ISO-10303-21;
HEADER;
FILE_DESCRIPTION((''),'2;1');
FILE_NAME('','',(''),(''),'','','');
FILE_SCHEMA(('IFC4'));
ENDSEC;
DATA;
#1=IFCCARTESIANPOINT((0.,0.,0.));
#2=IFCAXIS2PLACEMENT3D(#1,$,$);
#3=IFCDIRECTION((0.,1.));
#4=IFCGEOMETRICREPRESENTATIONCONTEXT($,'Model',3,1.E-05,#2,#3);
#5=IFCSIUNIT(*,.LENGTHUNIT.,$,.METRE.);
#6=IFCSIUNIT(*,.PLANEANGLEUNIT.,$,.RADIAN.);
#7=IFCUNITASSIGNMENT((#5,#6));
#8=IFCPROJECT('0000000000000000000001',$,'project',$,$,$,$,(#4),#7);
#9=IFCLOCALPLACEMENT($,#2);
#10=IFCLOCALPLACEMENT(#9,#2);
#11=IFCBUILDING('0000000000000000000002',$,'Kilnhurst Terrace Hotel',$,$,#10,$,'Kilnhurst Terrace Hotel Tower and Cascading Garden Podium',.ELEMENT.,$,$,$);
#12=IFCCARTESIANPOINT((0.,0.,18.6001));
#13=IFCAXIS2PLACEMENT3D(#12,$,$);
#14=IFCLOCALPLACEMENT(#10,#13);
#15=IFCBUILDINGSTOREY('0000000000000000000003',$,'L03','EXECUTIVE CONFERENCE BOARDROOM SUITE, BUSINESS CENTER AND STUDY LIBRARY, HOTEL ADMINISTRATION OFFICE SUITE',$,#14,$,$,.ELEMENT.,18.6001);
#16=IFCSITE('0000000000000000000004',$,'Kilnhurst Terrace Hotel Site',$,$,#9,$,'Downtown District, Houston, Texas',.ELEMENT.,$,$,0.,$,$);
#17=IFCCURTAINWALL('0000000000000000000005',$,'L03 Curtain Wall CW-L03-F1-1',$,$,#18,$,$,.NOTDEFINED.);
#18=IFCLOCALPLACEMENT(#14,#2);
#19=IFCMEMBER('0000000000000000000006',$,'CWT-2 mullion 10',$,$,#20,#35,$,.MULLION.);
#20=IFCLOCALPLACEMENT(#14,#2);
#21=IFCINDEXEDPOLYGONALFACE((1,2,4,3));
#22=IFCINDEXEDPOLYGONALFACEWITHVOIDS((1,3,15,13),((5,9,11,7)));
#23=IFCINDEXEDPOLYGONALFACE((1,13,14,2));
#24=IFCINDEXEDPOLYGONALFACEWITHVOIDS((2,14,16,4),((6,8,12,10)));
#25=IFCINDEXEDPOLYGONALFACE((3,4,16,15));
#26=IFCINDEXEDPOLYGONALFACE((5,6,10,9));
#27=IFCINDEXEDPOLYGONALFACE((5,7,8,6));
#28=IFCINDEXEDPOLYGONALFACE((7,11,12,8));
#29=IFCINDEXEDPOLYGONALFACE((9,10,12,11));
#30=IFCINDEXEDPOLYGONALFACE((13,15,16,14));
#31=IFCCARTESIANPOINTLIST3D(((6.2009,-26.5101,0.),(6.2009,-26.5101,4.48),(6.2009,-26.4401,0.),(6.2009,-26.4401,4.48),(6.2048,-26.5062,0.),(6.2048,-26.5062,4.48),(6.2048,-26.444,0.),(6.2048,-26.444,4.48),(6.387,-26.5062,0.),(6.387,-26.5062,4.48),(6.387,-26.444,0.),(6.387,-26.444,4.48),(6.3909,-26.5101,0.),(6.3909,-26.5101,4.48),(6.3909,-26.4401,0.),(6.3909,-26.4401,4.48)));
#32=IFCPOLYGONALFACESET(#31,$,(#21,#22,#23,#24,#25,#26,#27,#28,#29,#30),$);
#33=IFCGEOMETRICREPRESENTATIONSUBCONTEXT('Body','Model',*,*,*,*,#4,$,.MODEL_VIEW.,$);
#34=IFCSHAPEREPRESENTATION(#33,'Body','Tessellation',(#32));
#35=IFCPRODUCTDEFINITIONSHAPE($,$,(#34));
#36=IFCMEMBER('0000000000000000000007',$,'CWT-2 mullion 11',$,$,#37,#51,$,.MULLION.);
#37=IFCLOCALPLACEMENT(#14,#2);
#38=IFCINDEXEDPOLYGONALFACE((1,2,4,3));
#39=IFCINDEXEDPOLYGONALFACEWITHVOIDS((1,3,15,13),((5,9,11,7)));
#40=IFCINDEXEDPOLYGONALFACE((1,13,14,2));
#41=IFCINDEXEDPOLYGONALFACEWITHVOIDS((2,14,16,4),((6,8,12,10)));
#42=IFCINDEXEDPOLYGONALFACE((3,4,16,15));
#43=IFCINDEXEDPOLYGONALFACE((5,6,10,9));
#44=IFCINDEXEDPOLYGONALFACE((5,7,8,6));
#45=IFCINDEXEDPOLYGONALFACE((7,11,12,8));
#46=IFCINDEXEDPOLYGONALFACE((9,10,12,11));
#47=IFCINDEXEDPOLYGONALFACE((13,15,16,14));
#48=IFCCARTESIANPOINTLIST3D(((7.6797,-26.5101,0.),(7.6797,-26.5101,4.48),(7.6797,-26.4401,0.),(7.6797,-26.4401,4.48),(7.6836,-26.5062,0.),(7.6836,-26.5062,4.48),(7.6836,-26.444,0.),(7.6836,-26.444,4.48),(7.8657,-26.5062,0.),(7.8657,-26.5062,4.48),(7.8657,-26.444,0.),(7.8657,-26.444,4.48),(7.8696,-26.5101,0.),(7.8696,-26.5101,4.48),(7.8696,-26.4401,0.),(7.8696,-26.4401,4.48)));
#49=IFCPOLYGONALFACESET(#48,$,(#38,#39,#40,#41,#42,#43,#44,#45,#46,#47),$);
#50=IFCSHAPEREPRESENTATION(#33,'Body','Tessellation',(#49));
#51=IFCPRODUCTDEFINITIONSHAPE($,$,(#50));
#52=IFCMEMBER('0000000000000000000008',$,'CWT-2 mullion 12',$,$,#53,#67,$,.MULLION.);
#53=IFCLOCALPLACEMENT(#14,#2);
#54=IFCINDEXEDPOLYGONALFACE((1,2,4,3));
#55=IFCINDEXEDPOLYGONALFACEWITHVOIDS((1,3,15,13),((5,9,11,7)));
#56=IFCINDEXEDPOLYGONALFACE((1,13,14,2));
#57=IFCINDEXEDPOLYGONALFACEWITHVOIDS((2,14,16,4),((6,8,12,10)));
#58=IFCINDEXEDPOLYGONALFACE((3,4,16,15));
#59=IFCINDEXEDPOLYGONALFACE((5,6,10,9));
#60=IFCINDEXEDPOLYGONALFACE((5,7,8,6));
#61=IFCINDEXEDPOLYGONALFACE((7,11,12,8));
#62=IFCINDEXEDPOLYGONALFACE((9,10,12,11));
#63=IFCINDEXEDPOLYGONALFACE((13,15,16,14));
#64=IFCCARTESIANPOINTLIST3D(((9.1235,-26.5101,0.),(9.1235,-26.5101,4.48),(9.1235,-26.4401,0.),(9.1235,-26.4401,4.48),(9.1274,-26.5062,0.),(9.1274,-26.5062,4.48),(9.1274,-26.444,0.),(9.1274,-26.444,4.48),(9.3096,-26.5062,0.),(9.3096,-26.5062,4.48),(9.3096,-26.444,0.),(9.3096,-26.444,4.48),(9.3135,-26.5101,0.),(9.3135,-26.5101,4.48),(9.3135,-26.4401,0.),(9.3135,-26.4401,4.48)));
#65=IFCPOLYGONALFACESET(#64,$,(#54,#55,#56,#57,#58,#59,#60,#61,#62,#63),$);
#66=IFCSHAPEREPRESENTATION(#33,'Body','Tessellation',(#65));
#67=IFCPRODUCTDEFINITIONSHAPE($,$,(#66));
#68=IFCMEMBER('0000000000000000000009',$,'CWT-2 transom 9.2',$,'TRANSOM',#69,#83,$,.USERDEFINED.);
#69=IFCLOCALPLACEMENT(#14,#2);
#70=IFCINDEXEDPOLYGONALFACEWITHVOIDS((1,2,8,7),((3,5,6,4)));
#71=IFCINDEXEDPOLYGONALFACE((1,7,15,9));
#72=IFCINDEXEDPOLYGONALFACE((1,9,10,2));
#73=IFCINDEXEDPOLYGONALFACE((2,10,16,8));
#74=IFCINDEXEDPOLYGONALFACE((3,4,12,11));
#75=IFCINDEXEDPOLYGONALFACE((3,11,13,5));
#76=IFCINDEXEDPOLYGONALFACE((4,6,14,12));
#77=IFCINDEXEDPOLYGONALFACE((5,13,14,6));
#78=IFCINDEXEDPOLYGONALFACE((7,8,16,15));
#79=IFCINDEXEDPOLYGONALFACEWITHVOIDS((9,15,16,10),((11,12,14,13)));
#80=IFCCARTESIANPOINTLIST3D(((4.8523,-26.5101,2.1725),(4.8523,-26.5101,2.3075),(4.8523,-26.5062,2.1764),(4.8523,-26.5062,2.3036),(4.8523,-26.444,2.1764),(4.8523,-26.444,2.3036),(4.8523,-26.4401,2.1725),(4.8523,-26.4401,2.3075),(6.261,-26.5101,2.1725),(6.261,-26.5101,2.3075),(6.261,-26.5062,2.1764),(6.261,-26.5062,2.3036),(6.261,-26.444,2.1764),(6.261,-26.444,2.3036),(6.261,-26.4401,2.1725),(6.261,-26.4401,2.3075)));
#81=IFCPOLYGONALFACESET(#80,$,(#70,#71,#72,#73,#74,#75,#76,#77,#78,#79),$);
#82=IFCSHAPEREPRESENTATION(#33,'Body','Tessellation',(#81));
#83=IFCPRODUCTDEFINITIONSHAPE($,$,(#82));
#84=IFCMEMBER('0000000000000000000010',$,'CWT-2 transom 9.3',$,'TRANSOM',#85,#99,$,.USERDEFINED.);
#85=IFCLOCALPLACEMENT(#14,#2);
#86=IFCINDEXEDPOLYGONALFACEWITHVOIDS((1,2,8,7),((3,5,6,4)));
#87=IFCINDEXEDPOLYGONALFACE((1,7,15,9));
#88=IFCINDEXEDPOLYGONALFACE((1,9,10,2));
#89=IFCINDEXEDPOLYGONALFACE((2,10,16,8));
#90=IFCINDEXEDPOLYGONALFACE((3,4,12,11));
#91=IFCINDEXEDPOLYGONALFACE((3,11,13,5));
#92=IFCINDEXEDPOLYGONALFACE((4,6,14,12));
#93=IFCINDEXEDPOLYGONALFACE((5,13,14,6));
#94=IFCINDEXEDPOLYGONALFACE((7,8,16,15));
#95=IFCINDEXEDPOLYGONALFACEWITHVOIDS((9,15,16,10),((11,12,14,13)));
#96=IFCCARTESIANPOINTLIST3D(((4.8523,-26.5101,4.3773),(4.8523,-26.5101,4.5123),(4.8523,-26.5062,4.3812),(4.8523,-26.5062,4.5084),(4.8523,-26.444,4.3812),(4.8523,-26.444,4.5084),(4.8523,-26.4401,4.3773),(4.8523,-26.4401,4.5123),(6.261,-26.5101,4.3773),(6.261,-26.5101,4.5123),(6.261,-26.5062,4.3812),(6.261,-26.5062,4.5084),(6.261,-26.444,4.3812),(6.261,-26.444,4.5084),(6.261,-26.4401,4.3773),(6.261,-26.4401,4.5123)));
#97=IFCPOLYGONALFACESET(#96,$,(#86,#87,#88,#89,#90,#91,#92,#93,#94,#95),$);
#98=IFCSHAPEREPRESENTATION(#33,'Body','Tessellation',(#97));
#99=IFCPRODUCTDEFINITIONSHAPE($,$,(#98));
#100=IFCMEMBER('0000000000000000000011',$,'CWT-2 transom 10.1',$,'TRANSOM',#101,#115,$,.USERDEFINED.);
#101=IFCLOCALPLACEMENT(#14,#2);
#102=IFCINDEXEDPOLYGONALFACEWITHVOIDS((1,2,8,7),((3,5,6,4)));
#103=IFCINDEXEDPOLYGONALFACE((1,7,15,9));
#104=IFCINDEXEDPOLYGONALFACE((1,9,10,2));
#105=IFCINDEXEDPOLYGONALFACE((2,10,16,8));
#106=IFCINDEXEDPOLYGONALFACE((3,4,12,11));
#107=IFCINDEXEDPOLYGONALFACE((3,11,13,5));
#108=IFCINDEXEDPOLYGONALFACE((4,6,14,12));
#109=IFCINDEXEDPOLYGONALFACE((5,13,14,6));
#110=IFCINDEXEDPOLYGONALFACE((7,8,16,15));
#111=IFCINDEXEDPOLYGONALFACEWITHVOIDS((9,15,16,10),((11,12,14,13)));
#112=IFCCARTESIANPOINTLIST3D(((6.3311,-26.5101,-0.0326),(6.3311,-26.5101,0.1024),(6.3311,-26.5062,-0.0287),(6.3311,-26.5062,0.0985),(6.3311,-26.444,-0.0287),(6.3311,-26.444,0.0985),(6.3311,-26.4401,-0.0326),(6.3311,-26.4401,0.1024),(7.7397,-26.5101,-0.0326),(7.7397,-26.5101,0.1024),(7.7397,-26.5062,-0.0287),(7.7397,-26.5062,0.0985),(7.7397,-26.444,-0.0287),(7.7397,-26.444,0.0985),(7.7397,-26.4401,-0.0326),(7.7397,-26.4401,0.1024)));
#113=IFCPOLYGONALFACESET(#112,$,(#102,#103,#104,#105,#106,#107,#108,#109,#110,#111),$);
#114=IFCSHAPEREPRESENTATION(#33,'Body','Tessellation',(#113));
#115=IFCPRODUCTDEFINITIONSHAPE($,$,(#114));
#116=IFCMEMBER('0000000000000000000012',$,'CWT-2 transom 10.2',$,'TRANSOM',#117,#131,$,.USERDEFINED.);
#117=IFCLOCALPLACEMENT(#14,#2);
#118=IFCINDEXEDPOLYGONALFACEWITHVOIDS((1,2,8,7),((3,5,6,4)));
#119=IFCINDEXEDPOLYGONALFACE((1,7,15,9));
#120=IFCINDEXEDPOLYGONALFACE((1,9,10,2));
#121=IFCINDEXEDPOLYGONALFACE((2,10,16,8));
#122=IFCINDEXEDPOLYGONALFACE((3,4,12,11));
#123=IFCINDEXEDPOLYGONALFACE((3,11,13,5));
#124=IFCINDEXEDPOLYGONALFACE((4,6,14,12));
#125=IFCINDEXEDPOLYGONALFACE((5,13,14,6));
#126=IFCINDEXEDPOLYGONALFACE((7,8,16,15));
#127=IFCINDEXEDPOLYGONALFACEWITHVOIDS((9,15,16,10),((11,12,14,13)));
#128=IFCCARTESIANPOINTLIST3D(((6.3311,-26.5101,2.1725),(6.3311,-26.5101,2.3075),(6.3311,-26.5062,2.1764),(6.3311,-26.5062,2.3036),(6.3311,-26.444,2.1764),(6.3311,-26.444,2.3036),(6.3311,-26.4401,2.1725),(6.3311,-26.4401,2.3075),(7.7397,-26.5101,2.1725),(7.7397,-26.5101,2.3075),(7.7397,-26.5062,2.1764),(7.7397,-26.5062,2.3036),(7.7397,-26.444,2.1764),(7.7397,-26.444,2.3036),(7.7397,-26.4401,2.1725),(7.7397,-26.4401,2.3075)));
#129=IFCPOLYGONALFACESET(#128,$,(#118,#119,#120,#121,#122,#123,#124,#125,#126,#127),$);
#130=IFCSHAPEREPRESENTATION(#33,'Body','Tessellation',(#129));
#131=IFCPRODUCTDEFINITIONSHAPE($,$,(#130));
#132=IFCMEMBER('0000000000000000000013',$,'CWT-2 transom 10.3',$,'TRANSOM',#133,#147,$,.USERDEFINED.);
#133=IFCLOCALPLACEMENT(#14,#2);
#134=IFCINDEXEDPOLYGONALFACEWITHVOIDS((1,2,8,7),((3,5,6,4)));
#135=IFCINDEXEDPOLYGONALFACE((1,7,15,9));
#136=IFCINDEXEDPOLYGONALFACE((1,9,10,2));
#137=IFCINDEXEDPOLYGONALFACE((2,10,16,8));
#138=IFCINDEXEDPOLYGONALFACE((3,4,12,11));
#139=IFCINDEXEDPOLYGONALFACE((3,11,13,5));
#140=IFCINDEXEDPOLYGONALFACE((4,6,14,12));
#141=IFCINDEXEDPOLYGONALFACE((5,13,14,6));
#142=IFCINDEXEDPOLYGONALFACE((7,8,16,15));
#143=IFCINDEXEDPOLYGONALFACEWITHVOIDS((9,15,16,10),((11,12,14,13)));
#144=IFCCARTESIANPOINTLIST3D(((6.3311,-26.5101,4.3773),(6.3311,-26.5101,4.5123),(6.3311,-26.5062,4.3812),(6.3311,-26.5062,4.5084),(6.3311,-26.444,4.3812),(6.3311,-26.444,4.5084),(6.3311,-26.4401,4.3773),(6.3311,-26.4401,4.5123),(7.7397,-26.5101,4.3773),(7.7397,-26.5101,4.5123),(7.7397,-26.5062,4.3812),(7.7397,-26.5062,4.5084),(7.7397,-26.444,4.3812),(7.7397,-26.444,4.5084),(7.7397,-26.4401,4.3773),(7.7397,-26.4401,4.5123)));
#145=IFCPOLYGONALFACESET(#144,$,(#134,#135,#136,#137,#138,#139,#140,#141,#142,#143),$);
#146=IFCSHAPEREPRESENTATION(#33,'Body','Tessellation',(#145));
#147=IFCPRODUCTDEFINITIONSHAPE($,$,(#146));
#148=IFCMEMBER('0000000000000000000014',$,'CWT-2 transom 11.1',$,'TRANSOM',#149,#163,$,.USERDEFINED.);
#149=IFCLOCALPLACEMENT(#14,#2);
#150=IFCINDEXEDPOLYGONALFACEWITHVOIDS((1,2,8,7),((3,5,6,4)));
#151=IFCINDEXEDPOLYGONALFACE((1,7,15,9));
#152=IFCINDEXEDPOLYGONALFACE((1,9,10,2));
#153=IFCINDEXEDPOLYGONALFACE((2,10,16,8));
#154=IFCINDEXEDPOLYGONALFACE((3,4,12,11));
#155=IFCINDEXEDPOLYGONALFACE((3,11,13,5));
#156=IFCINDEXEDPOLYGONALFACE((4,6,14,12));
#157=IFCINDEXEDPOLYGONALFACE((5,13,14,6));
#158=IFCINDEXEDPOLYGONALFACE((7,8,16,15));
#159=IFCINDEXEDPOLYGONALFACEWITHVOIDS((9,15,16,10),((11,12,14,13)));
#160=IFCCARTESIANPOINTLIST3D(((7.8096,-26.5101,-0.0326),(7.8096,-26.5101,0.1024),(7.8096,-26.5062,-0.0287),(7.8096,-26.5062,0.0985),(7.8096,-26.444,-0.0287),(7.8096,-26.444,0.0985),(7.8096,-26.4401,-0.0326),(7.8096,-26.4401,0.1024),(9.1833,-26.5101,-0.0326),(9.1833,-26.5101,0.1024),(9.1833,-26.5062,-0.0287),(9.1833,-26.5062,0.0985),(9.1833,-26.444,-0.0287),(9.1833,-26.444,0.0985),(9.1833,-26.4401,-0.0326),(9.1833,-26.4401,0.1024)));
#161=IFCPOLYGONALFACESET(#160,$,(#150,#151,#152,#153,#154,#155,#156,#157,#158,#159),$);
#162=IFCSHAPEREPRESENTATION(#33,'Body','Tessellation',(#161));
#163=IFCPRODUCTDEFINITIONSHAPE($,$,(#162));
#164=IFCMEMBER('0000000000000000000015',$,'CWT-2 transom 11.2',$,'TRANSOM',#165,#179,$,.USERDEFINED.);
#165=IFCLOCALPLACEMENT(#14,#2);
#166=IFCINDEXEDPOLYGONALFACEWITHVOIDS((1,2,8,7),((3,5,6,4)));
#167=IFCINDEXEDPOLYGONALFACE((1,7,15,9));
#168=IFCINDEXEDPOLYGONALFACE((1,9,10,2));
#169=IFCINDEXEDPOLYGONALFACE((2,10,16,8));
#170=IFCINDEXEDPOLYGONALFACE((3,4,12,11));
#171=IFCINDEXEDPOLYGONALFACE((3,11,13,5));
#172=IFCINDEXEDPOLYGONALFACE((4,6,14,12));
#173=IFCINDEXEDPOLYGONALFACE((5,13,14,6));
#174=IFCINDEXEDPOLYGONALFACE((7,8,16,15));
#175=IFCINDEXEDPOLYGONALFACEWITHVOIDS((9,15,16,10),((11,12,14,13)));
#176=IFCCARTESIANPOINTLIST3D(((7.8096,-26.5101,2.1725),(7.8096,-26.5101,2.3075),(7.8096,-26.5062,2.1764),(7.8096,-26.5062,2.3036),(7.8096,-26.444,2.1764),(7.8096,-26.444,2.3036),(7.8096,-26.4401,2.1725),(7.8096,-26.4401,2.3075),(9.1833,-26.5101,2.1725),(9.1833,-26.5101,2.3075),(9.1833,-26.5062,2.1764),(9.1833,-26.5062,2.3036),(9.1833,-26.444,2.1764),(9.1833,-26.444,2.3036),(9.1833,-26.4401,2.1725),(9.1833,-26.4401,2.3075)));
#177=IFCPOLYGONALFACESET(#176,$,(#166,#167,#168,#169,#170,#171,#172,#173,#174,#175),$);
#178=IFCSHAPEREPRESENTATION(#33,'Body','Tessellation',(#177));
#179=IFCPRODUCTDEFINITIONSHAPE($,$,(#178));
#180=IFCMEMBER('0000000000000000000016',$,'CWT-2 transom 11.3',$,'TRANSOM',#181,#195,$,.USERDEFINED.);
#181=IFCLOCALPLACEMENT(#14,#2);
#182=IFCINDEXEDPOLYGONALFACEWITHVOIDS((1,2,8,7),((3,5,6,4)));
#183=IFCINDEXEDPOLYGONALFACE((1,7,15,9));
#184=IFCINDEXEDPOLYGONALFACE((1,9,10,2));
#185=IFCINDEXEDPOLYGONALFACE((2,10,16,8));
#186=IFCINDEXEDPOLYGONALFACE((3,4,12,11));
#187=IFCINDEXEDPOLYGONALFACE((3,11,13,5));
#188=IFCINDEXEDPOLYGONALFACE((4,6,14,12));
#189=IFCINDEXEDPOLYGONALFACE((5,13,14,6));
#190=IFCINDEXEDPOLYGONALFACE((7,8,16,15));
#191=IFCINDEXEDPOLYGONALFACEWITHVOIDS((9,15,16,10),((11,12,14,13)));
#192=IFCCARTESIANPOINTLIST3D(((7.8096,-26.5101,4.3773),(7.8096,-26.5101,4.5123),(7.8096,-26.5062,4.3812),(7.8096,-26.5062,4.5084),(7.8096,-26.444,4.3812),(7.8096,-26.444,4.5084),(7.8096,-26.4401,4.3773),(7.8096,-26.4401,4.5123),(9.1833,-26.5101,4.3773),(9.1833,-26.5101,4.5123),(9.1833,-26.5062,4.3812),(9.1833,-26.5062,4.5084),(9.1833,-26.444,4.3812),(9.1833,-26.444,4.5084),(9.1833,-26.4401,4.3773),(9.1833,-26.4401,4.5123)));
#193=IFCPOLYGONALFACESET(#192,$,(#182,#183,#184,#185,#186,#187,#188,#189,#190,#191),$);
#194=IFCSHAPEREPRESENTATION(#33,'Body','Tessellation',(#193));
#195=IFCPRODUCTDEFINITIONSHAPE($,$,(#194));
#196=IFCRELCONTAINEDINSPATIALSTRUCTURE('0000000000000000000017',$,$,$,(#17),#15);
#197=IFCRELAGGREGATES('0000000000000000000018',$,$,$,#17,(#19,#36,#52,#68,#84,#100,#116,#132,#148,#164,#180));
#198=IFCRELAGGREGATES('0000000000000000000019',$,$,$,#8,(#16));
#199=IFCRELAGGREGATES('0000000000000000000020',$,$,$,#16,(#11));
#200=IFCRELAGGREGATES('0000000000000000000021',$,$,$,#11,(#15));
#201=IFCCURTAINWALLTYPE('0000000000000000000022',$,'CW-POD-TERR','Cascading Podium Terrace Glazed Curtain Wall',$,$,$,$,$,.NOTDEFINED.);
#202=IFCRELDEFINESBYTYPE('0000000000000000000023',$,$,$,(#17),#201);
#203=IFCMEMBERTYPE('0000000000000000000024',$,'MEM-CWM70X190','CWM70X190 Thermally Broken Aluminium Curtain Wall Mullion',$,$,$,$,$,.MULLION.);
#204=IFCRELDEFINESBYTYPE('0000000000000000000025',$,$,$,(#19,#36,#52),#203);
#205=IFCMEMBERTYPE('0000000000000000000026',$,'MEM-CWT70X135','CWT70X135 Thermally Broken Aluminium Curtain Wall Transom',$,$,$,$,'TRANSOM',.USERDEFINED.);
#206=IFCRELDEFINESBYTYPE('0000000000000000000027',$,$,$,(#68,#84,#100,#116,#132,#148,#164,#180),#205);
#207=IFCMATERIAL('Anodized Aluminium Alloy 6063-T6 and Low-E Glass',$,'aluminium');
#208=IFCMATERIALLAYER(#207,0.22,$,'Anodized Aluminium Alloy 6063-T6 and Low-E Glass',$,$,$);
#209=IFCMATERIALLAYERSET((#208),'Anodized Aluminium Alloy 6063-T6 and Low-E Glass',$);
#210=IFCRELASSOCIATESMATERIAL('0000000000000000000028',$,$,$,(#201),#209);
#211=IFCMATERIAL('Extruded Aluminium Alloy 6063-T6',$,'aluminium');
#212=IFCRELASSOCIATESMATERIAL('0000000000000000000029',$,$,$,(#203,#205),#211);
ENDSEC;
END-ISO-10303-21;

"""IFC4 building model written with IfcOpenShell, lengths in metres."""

from ifc_helpers import new_model, si_unit, direction, frame, origin, origin_2d, place, context, subcontext, project, spatial, hollow_rectangle, extrude, material, layer, layer_set, material_profile, profile_set, type_object, element, aggregate, save


model = new_model("IFC4")

# Units and contexts
model_context = context("Model", 3, precision=1e-05, world=origin(), true_north=direction((0.0, 1.0)))
body_context = subcontext(model_context, "Body", "Model", "MODEL_VIEW")
ifc_project = project(units=[si_unit("LENGTHUNIT", "METRE"), si_unit("PLANEANGLEUNIT", "RADIAN")], contexts=[model_context])

# Site, building, storey
site_placement = place(None, origin())
site = spatial("IfcSite", under=ifc_project, at=site_placement, Name="Kilnhurst Terrace Hotel Site", LongName="Downtown District, Houston, Texas", CompositionType="ELEMENT", RefElevation=0.0)
building_placement = place(site_placement, origin())
building = spatial("IfcBuilding", under=site, at=building_placement, Name="Kilnhurst Terrace Hotel", LongName="Kilnhurst Terrace Hotel Tower and Cascading Garden Podium", CompositionType="ELEMENT")
storey_placement = place(building_placement, frame((0.0, 0.0, 18.6001)))
storey = spatial("IfcBuildingStorey", under=building, at=storey_placement, Name="L03", Description="EXECUTIVE CONFERENCE BOARDROOM SUITE, BUSINESS CENTER AND STUDY LIBRARY, HOTEL ADMINISTRATION OFFICE SUITE", CompositionType="ELEMENT", Elevation=18.6001)

# Curtain wall, members
ifc_material_1 = material(Name="Anodized Aluminium Alloy 6063-T6 and Low-E Glass", Category="aluminium")
ifc_layer_1 = layer(ifc_material_1, 0.22, Name="Anodized Aluminium Alloy 6063-T6 and Low-E Glass")
ifc_layer_set_1 = layer_set([ifc_layer_1], Name="Anodized Aluminium Alloy 6063-T6 and Low-E Glass")
curtain_wall_type = type_object("IfcCurtainWallType", Name="CW-POD-TERR", Description="Cascading Podium Terrace Glazed Curtain Wall", PredefinedType="NOTDEFINED", material=ifc_layer_set_1)
curtain_wall_placement = place(storey_placement, origin())
curtain_wall = element("IfcCurtainWall", 1, at=curtain_wall_placement, inside=storey, type_object=curtain_wall_type, Name="L03 Curtain Wall CW-L03-F1-1", PredefinedType="NOTDEFINED")
ifc_material_2 = material(Name="Extruded Aluminium Alloy 6063-T6", Category="aluminium")
ifc_material_profile_1 = material_profile(ifc_material_2, hollow_rectangle(XDim=0.0701, YDim=0.1899, WallThickness=0.0039, at=origin_2d()), Name="CWM70X190")
ifc_profile_set_1 = profile_set([ifc_material_profile_1], Name="Extruded Aluminium Alloy 6063-T6")
member_type_1 = type_object("IfcMemberType", Name="MEM-CWM70X190", Description="CWM70X190 Thermally Broken Aluminium Curtain Wall Mullion", PredefinedType="MULLION", material=ifc_profile_set_1)
member_1_placement = place(storey_placement, frame((6.2959, -26.4751, 0.0), z_axis=(0.0, 0.0, 1.0), x_axis=(0.0, 1.0, 0.0)))
member_1 = element("IfcMember", 2, at=member_1_placement, type_object=member_type_1, Name="CWT-2 mullion 10", PredefinedType="MULLION", context=body_context, shape_type="SweptSolid", body=[
    extrude(hollow_rectangle(XDim=0.0701, YDim=0.1899, WallThickness=0.0039, at=origin_2d()), origin(), (0.0, 0.0, 1.0), 4.48),
])
member_2_placement = place(storey_placement, frame((7.7747, -26.4751, 0.0), z_axis=(0.0, 0.0, 1.0), x_axis=(0.0, 1.0, 0.0)))
member_2 = element("IfcMember", 3, at=member_2_placement, type_object=member_type_1, Name="CWT-2 mullion 11", PredefinedType="MULLION", context=body_context, shape_type="SweptSolid", body=[
    extrude(hollow_rectangle(XDim=0.0701, YDim=0.1899, WallThickness=0.0039, at=origin_2d()), origin(), (0.0, 0.0, 1.0), 4.48),
])
member_3_placement = place(storey_placement, frame((9.2185, -26.4751, 0.0), z_axis=(0.0, 0.0, 1.0), x_axis=(0.0, 1.0, 0.0)))
member_3 = element("IfcMember", 4, at=member_3_placement, type_object=member_type_1, Name="CWT-2 mullion 12", PredefinedType="MULLION", context=body_context, shape_type="SweptSolid", body=[
    extrude(hollow_rectangle(XDim=0.0701, YDim=0.1899, WallThickness=0.0039, at=origin_2d()), origin(), (0.0, 0.0, 1.0), 4.48),
])
ifc_material_profile_2 = material_profile(ifc_material_2, hollow_rectangle(XDim=0.0701, YDim=0.135, WallThickness=0.0039, at=origin_2d()), Name="CWT70X135")
ifc_profile_set_2 = profile_set([ifc_material_profile_2], Name="Extruded Aluminium Alloy 6063-T6")
member_type_2 = type_object("IfcMemberType", Name="MEM-CWT70X135", Description="CWT70X135 Thermally Broken Aluminium Curtain Wall Transom", ElementType="TRANSOM", PredefinedType="USERDEFINED", material=ifc_profile_set_2)
member_4_placement = place(storey_placement, frame((4.8523, -26.4751, 2.24), z_axis=(1.0, 0.0, 0.0), x_axis=(0.0, 1.0, 0.0)))
member_4 = element("IfcMember", 5, at=member_4_placement, type_object=member_type_2, Name="CWT-2 transom 9.2", ObjectType="TRANSOM", PredefinedType="USERDEFINED", context=body_context, shape_type="SweptSolid", body=[
    extrude(hollow_rectangle(XDim=0.0701, YDim=0.135, WallThickness=0.0039, at=origin_2d()), origin(), (0.0, 0.0, 1.0), 1.4087),
])
member_5_placement = place(storey_placement, frame((4.8523, -26.4751, 4.4448), z_axis=(1.0, 0.0, 0.0), x_axis=(0.0, 1.0, 0.0)))
member_5 = element("IfcMember", 6, at=member_5_placement, type_object=member_type_2, Name="CWT-2 transom 9.3", ObjectType="TRANSOM", PredefinedType="USERDEFINED", context=body_context, shape_type="SweptSolid", body=[
    extrude(hollow_rectangle(XDim=0.0701, YDim=0.135, WallThickness=0.0039, at=origin_2d()), origin(), (0.0, 0.0, 1.0), 1.4087),
])
member_6_placement = place(storey_placement, frame((6.3311, -26.4751, 0.0349), z_axis=(1.0, 0.0, 0.0), x_axis=(0.0, 1.0, 0.0)))
member_6 = element("IfcMember", 7, at=member_6_placement, type_object=member_type_2, Name="CWT-2 transom 10.1", ObjectType="TRANSOM", PredefinedType="USERDEFINED", context=body_context, shape_type="SweptSolid", body=[
    extrude(hollow_rectangle(XDim=0.0701, YDim=0.135, WallThickness=0.0039, at=origin_2d()), origin(), (0.0, 0.0, 1.0), 1.4087),
])
member_7_placement = place(storey_placement, frame((6.3311, -26.4751, 2.24), z_axis=(1.0, 0.0, 0.0), x_axis=(0.0, 1.0, 0.0)))
member_7 = element("IfcMember", 8, at=member_7_placement, type_object=member_type_2, Name="CWT-2 transom 10.2", ObjectType="TRANSOM", PredefinedType="USERDEFINED", context=body_context, shape_type="SweptSolid", body=[
    extrude(hollow_rectangle(XDim=0.0701, YDim=0.135, WallThickness=0.0039, at=origin_2d()), origin(), (0.0, 0.0, 1.0), 1.4087),
])
member_8_placement = place(storey_placement, frame((6.3311, -26.4751, 4.4448), z_axis=(1.0, 0.0, 0.0), x_axis=(0.0, 1.0, 0.0)))
member_8 = element("IfcMember", 9, at=member_8_placement, type_object=member_type_2, Name="CWT-2 transom 10.3", ObjectType="TRANSOM", PredefinedType="USERDEFINED", context=body_context, shape_type="SweptSolid", body=[
    extrude(hollow_rectangle(XDim=0.0701, YDim=0.135, WallThickness=0.0039, at=origin_2d()), origin(), (0.0, 0.0, 1.0), 1.4087),
])
member_9_placement = place(storey_placement, frame((7.8096, -26.4751, 0.0349), z_axis=(1.0, 0.0, 0.0), x_axis=(0.0, 1.0, 0.0)))
member_9 = element("IfcMember", 10, at=member_9_placement, type_object=member_type_2, Name="CWT-2 transom 11.1", ObjectType="TRANSOM", PredefinedType="USERDEFINED", context=body_context, shape_type="SweptSolid", body=[
    extrude(hollow_rectangle(XDim=0.0701, YDim=0.135, WallThickness=0.0039, at=origin_2d()), origin(), (0.0, 0.0, 1.0), 1.3738),
])
member_10_placement = place(storey_placement, frame((7.8096, -26.4751, 2.24), z_axis=(1.0, 0.0, 0.0), x_axis=(0.0, 1.0, 0.0)))
member_10 = element("IfcMember", 11, at=member_10_placement, type_object=member_type_2, Name="CWT-2 transom 11.2", ObjectType="TRANSOM", PredefinedType="USERDEFINED", context=body_context, shape_type="SweptSolid", body=[
    extrude(hollow_rectangle(XDim=0.0701, YDim=0.135, WallThickness=0.0039, at=origin_2d()), origin(), (0.0, 0.0, 1.0), 1.3738),
])
member_11_placement = place(storey_placement, frame((7.8096, -26.4751, 4.4448), z_axis=(1.0, 0.0, 0.0), x_axis=(0.0, 1.0, 0.0)))
member_11 = element("IfcMember", 12, at=member_11_placement, type_object=member_type_2, Name="CWT-2 transom 11.3", ObjectType="TRANSOM", PredefinedType="USERDEFINED", context=body_context, shape_type="SweptSolid", body=[
    extrude(hollow_rectangle(XDim=0.0701, YDim=0.135, WallThickness=0.0039, at=origin_2d()), origin(), (0.0, 0.0, 1.0), 1.3738),
])
aggregate(curtain_wall, [member_1, member_2, member_3, member_4, member_5, member_6, member_7, member_8, member_9, member_10, member_11])

save(model, "model.ifc")
